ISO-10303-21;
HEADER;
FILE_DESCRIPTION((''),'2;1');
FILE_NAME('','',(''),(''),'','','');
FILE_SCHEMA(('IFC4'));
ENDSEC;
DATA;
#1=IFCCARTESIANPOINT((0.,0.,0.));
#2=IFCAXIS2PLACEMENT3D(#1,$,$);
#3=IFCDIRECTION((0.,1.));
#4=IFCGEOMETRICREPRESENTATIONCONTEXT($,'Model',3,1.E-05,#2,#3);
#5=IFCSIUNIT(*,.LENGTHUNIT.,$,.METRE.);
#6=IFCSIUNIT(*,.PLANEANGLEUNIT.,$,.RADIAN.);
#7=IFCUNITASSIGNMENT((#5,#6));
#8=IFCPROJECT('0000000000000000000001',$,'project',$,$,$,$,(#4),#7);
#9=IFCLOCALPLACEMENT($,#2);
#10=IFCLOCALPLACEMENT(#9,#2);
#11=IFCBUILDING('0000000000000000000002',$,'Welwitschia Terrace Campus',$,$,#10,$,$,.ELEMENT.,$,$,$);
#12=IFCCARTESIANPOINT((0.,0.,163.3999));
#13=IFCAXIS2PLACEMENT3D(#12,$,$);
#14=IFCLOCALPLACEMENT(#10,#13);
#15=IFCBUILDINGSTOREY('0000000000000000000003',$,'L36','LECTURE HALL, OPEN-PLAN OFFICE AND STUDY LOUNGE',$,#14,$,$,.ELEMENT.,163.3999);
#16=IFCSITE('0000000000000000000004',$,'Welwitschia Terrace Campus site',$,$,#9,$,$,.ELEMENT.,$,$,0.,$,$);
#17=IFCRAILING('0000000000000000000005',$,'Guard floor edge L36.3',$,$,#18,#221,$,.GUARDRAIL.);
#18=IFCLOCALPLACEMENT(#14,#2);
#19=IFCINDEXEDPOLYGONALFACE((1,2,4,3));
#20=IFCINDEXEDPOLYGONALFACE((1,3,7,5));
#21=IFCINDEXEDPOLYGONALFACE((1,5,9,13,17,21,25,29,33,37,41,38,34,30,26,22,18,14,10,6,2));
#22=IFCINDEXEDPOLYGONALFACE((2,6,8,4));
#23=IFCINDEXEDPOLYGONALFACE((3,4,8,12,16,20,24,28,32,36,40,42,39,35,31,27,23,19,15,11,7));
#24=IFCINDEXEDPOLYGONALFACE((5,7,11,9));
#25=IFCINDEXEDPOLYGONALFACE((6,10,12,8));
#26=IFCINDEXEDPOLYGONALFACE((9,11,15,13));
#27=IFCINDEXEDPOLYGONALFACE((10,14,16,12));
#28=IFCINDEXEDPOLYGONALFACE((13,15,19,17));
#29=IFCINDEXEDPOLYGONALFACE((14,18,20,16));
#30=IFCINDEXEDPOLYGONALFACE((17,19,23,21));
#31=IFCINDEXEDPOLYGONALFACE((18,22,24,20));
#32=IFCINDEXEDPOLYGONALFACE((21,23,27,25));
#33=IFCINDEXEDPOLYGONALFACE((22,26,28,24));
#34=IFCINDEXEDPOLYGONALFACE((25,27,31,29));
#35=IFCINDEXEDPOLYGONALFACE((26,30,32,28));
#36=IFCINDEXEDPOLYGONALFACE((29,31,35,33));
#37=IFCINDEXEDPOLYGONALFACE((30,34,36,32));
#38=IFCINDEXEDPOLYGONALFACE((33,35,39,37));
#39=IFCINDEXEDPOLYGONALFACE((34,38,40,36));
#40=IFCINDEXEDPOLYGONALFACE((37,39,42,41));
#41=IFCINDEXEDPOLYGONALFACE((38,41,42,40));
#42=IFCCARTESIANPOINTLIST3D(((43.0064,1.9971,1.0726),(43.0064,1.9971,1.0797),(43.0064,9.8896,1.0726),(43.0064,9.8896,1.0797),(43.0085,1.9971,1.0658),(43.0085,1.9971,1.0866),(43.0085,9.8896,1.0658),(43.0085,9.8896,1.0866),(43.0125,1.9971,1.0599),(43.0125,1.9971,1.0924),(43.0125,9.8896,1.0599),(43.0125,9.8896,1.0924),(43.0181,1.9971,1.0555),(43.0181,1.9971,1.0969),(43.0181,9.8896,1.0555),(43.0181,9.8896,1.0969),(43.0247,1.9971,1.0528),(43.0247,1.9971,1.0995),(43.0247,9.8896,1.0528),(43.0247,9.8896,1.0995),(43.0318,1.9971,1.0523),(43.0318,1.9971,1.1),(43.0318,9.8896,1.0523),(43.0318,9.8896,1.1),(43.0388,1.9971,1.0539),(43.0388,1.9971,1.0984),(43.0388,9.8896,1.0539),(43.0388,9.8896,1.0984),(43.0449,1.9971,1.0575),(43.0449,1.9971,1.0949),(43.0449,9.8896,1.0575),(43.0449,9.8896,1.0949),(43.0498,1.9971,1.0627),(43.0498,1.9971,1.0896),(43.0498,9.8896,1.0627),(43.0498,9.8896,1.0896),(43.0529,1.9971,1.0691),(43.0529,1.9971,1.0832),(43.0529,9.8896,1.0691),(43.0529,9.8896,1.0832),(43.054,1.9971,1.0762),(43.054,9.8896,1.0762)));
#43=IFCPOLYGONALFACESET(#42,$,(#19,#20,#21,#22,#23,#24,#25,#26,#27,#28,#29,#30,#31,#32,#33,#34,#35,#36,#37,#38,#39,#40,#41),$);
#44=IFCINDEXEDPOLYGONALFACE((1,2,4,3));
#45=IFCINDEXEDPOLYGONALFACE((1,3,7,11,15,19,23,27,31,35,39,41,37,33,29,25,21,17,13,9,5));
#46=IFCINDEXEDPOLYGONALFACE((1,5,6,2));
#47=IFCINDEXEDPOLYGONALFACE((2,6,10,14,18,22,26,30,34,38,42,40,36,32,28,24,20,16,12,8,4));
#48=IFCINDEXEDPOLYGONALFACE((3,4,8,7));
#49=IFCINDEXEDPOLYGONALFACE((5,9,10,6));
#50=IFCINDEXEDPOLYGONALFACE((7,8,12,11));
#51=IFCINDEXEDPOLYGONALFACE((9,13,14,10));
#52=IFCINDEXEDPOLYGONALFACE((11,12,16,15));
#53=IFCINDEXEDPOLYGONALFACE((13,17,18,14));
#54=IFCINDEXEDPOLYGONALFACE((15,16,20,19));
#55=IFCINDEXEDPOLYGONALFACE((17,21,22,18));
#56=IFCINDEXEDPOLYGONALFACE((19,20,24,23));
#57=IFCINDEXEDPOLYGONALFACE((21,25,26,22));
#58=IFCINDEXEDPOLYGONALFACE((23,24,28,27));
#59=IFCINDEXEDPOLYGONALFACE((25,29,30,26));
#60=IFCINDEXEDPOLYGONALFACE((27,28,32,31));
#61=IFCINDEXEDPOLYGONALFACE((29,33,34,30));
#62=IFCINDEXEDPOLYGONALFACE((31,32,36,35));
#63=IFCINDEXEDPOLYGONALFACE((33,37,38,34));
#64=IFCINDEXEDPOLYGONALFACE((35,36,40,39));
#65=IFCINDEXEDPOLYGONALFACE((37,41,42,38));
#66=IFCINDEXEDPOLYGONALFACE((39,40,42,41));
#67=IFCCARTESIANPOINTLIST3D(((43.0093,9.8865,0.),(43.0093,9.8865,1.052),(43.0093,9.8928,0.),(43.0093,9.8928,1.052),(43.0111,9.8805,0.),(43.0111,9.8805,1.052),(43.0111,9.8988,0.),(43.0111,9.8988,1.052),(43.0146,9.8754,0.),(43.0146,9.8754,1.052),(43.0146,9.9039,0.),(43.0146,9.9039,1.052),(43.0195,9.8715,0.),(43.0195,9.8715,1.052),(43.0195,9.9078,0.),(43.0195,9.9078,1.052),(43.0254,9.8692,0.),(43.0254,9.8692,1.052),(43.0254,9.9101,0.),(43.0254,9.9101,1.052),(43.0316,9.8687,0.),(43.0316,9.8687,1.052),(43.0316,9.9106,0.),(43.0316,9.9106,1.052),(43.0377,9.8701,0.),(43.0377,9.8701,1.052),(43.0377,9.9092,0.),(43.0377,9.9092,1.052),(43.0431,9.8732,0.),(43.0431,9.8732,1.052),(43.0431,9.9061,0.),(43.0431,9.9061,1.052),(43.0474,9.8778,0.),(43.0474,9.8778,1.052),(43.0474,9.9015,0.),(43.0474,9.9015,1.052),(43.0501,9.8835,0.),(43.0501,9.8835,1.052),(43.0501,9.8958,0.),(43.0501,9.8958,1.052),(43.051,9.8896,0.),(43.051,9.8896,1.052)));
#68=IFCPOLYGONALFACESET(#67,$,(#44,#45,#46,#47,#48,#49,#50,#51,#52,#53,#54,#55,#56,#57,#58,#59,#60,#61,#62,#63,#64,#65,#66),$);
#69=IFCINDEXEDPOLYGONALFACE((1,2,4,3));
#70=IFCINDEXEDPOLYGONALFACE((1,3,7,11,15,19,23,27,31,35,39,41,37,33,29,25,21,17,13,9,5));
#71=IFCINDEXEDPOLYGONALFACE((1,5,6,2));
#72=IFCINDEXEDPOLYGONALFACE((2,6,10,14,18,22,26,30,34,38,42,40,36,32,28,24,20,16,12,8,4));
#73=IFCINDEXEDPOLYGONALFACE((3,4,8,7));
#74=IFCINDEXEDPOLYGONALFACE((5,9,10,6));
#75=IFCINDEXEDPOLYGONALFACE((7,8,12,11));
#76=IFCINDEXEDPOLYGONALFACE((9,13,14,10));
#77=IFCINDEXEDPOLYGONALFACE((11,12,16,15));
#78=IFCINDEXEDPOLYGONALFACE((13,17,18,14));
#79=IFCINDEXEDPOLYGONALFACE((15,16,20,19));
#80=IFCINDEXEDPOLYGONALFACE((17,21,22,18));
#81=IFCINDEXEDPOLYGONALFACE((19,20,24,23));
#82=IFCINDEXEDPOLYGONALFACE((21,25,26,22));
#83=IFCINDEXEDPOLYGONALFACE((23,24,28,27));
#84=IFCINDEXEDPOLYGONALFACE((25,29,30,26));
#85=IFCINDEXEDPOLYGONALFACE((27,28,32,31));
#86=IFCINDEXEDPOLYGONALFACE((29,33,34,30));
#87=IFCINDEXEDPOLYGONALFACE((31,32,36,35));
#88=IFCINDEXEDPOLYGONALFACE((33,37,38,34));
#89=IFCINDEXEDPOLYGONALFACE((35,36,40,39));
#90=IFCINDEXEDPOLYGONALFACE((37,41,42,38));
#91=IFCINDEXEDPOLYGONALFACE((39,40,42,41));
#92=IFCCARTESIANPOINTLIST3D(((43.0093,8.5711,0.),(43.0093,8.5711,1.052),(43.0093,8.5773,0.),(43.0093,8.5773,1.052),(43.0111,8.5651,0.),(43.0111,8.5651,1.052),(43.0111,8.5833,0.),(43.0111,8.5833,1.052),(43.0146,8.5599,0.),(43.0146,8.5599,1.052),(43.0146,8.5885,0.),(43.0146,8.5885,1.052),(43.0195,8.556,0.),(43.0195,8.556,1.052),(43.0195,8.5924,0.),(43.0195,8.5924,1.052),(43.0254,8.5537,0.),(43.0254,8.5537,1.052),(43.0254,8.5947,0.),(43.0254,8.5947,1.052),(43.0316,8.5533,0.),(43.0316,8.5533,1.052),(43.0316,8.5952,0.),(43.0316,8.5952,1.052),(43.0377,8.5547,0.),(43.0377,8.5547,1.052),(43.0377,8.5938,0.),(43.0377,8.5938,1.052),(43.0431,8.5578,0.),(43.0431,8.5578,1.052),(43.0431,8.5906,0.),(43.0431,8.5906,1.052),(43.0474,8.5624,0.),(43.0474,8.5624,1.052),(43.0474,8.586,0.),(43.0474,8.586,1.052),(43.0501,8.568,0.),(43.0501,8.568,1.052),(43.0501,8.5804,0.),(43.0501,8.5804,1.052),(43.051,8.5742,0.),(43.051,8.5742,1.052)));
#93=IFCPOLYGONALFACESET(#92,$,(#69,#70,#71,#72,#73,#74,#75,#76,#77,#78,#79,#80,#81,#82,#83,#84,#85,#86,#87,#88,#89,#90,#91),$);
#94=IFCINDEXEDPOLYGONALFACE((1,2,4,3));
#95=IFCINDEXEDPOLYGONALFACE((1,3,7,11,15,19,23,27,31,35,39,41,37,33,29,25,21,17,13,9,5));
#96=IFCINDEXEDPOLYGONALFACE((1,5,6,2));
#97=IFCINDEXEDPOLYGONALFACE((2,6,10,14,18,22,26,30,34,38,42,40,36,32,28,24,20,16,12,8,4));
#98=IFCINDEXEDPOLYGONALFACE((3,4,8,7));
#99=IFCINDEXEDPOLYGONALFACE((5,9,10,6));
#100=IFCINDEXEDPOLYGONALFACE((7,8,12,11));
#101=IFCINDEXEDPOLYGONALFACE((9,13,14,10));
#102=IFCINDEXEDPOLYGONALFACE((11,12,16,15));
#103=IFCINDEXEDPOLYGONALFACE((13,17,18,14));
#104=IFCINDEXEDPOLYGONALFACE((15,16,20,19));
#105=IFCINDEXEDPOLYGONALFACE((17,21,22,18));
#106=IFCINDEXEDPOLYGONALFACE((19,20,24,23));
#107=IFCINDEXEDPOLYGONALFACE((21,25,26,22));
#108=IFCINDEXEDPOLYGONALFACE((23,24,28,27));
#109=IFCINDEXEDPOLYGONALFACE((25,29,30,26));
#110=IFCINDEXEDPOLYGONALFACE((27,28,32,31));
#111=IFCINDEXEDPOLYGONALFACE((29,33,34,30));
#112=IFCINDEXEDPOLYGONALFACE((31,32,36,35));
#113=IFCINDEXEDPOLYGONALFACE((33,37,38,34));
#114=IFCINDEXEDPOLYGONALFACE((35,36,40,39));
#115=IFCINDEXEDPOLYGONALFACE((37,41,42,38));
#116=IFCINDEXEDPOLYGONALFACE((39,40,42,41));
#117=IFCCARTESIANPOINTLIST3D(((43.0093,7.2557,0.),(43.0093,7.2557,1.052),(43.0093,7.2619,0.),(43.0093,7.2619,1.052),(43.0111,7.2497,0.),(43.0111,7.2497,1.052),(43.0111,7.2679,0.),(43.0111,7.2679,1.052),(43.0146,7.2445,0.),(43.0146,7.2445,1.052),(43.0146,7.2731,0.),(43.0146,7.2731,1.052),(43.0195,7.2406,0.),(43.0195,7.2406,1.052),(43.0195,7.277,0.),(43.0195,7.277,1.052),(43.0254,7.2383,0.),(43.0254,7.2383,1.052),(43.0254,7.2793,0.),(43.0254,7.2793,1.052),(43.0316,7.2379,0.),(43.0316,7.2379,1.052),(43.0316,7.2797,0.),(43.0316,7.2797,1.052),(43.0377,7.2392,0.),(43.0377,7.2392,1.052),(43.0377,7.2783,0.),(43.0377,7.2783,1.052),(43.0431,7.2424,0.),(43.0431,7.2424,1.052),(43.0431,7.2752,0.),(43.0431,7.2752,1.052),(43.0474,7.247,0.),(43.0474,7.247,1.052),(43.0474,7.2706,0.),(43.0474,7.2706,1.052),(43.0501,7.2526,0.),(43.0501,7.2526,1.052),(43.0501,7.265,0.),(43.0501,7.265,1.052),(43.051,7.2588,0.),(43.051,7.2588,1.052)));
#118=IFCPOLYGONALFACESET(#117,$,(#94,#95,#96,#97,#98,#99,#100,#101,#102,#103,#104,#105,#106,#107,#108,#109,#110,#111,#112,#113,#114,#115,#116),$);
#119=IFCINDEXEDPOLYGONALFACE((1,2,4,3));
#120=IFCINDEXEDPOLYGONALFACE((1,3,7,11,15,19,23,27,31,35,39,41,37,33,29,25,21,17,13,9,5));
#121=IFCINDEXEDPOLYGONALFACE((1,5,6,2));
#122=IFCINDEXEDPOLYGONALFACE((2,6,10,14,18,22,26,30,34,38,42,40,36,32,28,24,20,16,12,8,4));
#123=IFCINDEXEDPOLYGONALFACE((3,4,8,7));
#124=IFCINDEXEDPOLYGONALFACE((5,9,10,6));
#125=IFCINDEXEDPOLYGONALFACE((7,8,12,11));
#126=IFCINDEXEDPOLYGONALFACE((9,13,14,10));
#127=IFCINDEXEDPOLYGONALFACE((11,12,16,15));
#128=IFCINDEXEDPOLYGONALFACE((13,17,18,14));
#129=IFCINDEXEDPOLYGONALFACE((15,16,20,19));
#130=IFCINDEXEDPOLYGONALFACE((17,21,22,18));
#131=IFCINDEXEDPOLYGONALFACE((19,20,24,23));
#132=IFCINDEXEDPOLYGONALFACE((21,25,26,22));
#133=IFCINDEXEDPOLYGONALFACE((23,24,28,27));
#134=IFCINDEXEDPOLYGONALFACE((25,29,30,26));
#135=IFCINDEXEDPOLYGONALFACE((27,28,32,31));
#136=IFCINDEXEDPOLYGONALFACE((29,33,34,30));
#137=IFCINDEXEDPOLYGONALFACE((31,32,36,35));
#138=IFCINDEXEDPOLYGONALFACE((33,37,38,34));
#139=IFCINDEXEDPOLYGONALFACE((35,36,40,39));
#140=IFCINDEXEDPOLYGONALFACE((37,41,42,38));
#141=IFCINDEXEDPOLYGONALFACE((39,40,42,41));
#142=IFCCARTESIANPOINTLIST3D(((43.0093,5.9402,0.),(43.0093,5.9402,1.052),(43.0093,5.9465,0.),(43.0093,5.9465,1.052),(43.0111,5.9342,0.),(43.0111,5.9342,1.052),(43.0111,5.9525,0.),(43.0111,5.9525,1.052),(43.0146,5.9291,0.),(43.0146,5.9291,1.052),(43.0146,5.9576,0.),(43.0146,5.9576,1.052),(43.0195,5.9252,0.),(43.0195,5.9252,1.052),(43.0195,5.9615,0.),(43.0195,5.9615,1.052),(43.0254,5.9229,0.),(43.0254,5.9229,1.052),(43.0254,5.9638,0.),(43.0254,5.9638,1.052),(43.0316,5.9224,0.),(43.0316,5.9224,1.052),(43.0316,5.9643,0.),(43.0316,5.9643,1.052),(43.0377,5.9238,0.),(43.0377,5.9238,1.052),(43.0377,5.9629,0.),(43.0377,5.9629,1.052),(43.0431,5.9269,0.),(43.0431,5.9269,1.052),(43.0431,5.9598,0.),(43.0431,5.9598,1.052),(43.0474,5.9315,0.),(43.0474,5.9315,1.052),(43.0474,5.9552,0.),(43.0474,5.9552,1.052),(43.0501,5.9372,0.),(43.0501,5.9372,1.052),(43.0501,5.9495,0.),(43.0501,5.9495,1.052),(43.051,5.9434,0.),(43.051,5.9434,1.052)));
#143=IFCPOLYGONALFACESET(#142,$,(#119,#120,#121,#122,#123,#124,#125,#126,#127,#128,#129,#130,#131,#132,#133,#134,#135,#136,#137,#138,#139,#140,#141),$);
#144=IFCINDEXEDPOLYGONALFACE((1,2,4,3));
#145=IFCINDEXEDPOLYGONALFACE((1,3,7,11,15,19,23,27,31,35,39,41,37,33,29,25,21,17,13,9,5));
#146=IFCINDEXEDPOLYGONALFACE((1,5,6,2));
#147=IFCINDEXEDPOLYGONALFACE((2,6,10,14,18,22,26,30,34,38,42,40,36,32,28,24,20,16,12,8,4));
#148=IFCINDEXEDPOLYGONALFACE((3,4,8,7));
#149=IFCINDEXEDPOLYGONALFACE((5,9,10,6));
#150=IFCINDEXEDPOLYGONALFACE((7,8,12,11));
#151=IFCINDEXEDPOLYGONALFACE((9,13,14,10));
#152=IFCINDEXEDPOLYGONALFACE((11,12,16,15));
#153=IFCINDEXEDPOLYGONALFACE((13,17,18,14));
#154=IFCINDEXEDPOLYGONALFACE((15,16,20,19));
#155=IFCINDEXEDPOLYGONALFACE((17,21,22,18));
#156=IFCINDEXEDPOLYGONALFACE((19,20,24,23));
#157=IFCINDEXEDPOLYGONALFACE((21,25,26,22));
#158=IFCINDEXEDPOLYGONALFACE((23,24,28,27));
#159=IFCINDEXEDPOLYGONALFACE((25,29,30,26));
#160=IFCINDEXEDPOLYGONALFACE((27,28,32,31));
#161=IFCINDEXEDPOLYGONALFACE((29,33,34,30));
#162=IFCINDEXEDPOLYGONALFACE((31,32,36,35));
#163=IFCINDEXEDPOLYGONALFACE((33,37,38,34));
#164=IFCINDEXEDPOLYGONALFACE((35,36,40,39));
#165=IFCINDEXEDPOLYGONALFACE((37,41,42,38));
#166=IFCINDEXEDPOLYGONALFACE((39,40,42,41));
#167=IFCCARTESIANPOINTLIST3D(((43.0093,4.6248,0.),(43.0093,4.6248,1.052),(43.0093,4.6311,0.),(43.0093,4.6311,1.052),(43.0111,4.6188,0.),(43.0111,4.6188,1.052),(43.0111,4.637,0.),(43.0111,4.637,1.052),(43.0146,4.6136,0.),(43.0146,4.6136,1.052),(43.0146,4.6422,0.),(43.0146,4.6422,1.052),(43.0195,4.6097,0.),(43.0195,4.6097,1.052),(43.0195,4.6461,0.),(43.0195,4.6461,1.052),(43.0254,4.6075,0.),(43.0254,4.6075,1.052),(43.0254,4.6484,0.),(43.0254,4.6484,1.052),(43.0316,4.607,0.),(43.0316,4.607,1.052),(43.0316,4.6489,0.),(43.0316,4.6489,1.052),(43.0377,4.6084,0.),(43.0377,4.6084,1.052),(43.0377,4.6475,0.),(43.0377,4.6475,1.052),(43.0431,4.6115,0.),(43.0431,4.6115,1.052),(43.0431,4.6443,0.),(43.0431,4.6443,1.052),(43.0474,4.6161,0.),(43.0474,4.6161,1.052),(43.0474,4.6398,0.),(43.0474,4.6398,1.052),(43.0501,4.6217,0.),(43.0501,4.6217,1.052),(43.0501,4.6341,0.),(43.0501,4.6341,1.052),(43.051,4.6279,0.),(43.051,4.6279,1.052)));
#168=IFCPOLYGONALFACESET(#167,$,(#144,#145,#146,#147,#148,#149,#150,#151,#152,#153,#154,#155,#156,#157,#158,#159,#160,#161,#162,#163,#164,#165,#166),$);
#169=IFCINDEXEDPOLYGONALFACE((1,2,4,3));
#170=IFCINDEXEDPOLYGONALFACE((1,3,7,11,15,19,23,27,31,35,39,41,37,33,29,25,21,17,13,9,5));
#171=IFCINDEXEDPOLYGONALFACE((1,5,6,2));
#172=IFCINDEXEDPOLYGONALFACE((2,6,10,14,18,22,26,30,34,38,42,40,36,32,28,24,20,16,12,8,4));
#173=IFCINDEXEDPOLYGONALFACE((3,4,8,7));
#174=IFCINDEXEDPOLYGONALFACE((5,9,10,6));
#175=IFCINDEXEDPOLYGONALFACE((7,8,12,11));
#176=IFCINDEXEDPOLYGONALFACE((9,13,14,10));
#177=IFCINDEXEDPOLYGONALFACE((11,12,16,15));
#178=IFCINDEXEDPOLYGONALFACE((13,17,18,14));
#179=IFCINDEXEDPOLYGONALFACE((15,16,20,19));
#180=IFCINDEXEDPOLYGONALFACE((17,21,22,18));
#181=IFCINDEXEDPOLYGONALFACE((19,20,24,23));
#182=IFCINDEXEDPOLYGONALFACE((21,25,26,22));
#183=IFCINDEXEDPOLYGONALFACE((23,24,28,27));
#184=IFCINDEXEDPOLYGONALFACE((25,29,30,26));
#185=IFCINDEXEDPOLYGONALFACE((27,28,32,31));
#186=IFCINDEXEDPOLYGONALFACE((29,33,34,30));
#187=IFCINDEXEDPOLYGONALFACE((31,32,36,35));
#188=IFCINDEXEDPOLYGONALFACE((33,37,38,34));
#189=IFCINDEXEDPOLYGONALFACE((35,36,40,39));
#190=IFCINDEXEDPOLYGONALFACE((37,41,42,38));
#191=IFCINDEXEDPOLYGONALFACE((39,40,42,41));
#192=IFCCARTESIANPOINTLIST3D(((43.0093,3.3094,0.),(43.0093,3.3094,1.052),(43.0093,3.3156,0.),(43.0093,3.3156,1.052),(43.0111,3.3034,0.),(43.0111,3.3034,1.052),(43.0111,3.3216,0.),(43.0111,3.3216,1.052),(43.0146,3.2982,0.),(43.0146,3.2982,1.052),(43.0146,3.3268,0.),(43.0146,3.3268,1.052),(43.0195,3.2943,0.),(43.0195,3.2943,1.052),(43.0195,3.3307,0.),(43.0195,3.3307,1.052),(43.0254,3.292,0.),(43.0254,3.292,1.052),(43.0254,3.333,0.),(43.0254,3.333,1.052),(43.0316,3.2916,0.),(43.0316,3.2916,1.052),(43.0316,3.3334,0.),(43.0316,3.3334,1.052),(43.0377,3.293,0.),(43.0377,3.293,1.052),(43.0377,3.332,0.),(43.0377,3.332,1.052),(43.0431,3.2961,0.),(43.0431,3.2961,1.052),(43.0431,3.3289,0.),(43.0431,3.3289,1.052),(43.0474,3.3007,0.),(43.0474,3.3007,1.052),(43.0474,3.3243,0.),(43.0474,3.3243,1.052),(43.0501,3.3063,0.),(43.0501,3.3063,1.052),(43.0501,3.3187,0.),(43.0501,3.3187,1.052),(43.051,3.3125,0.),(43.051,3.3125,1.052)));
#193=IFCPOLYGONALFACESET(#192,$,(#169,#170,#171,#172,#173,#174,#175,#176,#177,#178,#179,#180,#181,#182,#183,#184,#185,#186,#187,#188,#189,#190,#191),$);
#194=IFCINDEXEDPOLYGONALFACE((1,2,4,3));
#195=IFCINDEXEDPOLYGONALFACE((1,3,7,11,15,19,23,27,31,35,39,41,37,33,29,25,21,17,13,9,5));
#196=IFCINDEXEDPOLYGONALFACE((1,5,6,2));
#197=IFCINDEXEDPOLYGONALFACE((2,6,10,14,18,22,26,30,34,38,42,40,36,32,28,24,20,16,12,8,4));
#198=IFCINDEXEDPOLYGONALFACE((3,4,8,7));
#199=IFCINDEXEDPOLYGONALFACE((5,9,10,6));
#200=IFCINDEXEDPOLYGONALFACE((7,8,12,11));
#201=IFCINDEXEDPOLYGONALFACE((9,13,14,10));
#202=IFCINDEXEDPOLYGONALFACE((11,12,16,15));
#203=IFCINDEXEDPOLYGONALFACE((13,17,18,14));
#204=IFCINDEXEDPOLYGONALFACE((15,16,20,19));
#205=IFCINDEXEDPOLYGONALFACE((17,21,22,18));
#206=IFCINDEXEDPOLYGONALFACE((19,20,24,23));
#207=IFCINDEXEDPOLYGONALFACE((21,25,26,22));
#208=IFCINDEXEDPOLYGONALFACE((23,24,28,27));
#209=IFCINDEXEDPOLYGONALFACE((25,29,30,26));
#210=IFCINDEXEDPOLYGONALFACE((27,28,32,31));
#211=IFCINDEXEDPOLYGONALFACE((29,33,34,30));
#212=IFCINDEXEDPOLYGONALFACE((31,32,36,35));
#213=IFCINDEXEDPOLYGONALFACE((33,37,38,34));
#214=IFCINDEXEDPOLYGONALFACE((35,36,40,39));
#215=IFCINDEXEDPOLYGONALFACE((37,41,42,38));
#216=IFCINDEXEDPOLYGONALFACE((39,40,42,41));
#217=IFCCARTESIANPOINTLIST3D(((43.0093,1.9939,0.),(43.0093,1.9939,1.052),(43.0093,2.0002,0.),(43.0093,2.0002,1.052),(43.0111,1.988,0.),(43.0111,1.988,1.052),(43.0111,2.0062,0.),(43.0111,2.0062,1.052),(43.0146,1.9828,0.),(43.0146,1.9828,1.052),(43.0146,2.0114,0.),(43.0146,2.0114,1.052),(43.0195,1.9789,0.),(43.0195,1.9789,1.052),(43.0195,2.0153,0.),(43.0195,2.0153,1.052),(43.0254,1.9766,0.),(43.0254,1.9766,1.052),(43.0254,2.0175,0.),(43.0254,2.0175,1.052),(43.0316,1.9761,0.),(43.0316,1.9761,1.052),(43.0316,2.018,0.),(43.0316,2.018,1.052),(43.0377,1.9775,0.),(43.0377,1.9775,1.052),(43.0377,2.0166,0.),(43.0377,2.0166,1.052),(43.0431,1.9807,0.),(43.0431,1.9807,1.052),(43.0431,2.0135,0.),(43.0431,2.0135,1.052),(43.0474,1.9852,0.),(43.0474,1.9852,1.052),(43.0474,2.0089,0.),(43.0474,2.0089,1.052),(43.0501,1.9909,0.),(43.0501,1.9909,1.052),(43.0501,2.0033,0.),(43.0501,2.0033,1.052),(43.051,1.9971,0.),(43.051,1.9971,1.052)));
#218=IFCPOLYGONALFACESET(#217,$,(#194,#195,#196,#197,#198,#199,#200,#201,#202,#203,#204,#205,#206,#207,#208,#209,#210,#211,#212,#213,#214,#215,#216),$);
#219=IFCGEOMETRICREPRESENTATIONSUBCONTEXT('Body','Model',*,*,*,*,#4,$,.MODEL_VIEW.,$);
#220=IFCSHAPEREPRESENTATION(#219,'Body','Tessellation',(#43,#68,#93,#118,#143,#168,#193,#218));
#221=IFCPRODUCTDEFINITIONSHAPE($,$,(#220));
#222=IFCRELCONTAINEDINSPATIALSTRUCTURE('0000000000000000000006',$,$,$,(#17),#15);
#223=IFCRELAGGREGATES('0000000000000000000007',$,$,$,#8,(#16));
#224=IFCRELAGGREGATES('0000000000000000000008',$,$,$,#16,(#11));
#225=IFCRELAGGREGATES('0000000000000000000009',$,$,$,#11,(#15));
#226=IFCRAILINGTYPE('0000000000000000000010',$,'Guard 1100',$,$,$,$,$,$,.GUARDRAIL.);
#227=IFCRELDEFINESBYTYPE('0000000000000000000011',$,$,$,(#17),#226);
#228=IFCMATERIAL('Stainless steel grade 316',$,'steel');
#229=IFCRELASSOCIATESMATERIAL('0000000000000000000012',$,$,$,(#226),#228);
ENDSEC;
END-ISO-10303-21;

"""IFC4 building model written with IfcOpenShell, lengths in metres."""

from ifc_helpers import new_model, si_unit, direction, frame, origin, origin_2d, place, context, subcontext, project, spatial, circle, extrude, material, type_object, element, save


model = new_model("IFC4")

# Units and contexts
model_context = context("Model", 3, precision=1e-05, world=origin(), true_north=direction((0.0, 1.0)))
body_context = subcontext(model_context, "Body", "Model", "MODEL_VIEW")
ifc_project = project(units=[si_unit("LENGTHUNIT", "METRE"), si_unit("PLANEANGLEUNIT", "RADIAN")], contexts=[model_context])

# Site, building, storey
site_placement = place(None, origin())
site = spatial("IfcSite", under=ifc_project, at=site_placement, Name="Welwitschia Terrace Campus site", CompositionType="ELEMENT", RefElevation=0.0)
building_placement = place(site_placement, origin())
building = spatial("IfcBuilding", under=site, at=building_placement, Name="Welwitschia Terrace Campus", CompositionType="ELEMENT")
storey_placement = place(building_placement, frame((0.0, 0.0, 163.3999)))
storey = spatial("IfcBuildingStorey", under=building, at=storey_placement, Name="L36", Description="LECTURE HALL, OPEN-PLAN OFFICE AND STUDY LOUNGE", CompositionType="ELEMENT", Elevation=163.3999)

# Railing
ifc_material_1 = material(Name="Stainless steel grade 316", Category="steel")
railing_type = type_object("IfcRailingType", Name="Guard 1100", PredefinedType="GUARDRAIL", material=ifc_material_1)
railing_placement = place(storey_placement, frame((43.03, 9.8896, 0.0)))
element("IfcRailing", 1, at=railing_placement, inside=storey, type_object=railing_type, Name="Guard floor edge L36.3", PredefinedType="GUARDRAIL", context=body_context, shape_type="SweptSolid", body=[
    extrude(circle(Radius=0.0239, at=origin_2d()), frame((0.0, 0.0, 1.0762), z_axis=(0.0, -1.0, 0.0), x_axis=(1.0, 0.0, 0.0)), (0.0, 0.0, 1.0), 7.8926),
    extrude(circle(Radius=0.021, at=origin_2d()), origin(), (0.0, 0.0, 1.0), 1.052),
    extrude(circle(Radius=0.021, at=origin_2d()), frame((0.0, -1.3154, 0.0)), (0.0, 0.0, 1.0), 1.052),
    extrude(circle(Radius=0.021, at=origin_2d()), frame((0.0, -2.6309, 0.0)), (0.0, 0.0, 1.0), 1.052),
    extrude(circle(Radius=0.021, at=origin_2d()), frame((0.0, -3.9463, 0.0)), (0.0, 0.0, 1.0), 1.052),
    extrude(circle(Radius=0.021, at=origin_2d()), frame((0.0, -5.2617, 0.0)), (0.0, 0.0, 1.0), 1.052),
    extrude(circle(Radius=0.021, at=origin_2d()), frame((0.0, -6.5771, 0.0)), (0.0, 0.0, 1.0), 1.052),
    extrude(circle(Radius=0.021, at=origin_2d()), frame((0.0, -7.8926, 0.0)), (0.0, 0.0, 1.0), 1.052),
])

save(model, "model.ifc")
